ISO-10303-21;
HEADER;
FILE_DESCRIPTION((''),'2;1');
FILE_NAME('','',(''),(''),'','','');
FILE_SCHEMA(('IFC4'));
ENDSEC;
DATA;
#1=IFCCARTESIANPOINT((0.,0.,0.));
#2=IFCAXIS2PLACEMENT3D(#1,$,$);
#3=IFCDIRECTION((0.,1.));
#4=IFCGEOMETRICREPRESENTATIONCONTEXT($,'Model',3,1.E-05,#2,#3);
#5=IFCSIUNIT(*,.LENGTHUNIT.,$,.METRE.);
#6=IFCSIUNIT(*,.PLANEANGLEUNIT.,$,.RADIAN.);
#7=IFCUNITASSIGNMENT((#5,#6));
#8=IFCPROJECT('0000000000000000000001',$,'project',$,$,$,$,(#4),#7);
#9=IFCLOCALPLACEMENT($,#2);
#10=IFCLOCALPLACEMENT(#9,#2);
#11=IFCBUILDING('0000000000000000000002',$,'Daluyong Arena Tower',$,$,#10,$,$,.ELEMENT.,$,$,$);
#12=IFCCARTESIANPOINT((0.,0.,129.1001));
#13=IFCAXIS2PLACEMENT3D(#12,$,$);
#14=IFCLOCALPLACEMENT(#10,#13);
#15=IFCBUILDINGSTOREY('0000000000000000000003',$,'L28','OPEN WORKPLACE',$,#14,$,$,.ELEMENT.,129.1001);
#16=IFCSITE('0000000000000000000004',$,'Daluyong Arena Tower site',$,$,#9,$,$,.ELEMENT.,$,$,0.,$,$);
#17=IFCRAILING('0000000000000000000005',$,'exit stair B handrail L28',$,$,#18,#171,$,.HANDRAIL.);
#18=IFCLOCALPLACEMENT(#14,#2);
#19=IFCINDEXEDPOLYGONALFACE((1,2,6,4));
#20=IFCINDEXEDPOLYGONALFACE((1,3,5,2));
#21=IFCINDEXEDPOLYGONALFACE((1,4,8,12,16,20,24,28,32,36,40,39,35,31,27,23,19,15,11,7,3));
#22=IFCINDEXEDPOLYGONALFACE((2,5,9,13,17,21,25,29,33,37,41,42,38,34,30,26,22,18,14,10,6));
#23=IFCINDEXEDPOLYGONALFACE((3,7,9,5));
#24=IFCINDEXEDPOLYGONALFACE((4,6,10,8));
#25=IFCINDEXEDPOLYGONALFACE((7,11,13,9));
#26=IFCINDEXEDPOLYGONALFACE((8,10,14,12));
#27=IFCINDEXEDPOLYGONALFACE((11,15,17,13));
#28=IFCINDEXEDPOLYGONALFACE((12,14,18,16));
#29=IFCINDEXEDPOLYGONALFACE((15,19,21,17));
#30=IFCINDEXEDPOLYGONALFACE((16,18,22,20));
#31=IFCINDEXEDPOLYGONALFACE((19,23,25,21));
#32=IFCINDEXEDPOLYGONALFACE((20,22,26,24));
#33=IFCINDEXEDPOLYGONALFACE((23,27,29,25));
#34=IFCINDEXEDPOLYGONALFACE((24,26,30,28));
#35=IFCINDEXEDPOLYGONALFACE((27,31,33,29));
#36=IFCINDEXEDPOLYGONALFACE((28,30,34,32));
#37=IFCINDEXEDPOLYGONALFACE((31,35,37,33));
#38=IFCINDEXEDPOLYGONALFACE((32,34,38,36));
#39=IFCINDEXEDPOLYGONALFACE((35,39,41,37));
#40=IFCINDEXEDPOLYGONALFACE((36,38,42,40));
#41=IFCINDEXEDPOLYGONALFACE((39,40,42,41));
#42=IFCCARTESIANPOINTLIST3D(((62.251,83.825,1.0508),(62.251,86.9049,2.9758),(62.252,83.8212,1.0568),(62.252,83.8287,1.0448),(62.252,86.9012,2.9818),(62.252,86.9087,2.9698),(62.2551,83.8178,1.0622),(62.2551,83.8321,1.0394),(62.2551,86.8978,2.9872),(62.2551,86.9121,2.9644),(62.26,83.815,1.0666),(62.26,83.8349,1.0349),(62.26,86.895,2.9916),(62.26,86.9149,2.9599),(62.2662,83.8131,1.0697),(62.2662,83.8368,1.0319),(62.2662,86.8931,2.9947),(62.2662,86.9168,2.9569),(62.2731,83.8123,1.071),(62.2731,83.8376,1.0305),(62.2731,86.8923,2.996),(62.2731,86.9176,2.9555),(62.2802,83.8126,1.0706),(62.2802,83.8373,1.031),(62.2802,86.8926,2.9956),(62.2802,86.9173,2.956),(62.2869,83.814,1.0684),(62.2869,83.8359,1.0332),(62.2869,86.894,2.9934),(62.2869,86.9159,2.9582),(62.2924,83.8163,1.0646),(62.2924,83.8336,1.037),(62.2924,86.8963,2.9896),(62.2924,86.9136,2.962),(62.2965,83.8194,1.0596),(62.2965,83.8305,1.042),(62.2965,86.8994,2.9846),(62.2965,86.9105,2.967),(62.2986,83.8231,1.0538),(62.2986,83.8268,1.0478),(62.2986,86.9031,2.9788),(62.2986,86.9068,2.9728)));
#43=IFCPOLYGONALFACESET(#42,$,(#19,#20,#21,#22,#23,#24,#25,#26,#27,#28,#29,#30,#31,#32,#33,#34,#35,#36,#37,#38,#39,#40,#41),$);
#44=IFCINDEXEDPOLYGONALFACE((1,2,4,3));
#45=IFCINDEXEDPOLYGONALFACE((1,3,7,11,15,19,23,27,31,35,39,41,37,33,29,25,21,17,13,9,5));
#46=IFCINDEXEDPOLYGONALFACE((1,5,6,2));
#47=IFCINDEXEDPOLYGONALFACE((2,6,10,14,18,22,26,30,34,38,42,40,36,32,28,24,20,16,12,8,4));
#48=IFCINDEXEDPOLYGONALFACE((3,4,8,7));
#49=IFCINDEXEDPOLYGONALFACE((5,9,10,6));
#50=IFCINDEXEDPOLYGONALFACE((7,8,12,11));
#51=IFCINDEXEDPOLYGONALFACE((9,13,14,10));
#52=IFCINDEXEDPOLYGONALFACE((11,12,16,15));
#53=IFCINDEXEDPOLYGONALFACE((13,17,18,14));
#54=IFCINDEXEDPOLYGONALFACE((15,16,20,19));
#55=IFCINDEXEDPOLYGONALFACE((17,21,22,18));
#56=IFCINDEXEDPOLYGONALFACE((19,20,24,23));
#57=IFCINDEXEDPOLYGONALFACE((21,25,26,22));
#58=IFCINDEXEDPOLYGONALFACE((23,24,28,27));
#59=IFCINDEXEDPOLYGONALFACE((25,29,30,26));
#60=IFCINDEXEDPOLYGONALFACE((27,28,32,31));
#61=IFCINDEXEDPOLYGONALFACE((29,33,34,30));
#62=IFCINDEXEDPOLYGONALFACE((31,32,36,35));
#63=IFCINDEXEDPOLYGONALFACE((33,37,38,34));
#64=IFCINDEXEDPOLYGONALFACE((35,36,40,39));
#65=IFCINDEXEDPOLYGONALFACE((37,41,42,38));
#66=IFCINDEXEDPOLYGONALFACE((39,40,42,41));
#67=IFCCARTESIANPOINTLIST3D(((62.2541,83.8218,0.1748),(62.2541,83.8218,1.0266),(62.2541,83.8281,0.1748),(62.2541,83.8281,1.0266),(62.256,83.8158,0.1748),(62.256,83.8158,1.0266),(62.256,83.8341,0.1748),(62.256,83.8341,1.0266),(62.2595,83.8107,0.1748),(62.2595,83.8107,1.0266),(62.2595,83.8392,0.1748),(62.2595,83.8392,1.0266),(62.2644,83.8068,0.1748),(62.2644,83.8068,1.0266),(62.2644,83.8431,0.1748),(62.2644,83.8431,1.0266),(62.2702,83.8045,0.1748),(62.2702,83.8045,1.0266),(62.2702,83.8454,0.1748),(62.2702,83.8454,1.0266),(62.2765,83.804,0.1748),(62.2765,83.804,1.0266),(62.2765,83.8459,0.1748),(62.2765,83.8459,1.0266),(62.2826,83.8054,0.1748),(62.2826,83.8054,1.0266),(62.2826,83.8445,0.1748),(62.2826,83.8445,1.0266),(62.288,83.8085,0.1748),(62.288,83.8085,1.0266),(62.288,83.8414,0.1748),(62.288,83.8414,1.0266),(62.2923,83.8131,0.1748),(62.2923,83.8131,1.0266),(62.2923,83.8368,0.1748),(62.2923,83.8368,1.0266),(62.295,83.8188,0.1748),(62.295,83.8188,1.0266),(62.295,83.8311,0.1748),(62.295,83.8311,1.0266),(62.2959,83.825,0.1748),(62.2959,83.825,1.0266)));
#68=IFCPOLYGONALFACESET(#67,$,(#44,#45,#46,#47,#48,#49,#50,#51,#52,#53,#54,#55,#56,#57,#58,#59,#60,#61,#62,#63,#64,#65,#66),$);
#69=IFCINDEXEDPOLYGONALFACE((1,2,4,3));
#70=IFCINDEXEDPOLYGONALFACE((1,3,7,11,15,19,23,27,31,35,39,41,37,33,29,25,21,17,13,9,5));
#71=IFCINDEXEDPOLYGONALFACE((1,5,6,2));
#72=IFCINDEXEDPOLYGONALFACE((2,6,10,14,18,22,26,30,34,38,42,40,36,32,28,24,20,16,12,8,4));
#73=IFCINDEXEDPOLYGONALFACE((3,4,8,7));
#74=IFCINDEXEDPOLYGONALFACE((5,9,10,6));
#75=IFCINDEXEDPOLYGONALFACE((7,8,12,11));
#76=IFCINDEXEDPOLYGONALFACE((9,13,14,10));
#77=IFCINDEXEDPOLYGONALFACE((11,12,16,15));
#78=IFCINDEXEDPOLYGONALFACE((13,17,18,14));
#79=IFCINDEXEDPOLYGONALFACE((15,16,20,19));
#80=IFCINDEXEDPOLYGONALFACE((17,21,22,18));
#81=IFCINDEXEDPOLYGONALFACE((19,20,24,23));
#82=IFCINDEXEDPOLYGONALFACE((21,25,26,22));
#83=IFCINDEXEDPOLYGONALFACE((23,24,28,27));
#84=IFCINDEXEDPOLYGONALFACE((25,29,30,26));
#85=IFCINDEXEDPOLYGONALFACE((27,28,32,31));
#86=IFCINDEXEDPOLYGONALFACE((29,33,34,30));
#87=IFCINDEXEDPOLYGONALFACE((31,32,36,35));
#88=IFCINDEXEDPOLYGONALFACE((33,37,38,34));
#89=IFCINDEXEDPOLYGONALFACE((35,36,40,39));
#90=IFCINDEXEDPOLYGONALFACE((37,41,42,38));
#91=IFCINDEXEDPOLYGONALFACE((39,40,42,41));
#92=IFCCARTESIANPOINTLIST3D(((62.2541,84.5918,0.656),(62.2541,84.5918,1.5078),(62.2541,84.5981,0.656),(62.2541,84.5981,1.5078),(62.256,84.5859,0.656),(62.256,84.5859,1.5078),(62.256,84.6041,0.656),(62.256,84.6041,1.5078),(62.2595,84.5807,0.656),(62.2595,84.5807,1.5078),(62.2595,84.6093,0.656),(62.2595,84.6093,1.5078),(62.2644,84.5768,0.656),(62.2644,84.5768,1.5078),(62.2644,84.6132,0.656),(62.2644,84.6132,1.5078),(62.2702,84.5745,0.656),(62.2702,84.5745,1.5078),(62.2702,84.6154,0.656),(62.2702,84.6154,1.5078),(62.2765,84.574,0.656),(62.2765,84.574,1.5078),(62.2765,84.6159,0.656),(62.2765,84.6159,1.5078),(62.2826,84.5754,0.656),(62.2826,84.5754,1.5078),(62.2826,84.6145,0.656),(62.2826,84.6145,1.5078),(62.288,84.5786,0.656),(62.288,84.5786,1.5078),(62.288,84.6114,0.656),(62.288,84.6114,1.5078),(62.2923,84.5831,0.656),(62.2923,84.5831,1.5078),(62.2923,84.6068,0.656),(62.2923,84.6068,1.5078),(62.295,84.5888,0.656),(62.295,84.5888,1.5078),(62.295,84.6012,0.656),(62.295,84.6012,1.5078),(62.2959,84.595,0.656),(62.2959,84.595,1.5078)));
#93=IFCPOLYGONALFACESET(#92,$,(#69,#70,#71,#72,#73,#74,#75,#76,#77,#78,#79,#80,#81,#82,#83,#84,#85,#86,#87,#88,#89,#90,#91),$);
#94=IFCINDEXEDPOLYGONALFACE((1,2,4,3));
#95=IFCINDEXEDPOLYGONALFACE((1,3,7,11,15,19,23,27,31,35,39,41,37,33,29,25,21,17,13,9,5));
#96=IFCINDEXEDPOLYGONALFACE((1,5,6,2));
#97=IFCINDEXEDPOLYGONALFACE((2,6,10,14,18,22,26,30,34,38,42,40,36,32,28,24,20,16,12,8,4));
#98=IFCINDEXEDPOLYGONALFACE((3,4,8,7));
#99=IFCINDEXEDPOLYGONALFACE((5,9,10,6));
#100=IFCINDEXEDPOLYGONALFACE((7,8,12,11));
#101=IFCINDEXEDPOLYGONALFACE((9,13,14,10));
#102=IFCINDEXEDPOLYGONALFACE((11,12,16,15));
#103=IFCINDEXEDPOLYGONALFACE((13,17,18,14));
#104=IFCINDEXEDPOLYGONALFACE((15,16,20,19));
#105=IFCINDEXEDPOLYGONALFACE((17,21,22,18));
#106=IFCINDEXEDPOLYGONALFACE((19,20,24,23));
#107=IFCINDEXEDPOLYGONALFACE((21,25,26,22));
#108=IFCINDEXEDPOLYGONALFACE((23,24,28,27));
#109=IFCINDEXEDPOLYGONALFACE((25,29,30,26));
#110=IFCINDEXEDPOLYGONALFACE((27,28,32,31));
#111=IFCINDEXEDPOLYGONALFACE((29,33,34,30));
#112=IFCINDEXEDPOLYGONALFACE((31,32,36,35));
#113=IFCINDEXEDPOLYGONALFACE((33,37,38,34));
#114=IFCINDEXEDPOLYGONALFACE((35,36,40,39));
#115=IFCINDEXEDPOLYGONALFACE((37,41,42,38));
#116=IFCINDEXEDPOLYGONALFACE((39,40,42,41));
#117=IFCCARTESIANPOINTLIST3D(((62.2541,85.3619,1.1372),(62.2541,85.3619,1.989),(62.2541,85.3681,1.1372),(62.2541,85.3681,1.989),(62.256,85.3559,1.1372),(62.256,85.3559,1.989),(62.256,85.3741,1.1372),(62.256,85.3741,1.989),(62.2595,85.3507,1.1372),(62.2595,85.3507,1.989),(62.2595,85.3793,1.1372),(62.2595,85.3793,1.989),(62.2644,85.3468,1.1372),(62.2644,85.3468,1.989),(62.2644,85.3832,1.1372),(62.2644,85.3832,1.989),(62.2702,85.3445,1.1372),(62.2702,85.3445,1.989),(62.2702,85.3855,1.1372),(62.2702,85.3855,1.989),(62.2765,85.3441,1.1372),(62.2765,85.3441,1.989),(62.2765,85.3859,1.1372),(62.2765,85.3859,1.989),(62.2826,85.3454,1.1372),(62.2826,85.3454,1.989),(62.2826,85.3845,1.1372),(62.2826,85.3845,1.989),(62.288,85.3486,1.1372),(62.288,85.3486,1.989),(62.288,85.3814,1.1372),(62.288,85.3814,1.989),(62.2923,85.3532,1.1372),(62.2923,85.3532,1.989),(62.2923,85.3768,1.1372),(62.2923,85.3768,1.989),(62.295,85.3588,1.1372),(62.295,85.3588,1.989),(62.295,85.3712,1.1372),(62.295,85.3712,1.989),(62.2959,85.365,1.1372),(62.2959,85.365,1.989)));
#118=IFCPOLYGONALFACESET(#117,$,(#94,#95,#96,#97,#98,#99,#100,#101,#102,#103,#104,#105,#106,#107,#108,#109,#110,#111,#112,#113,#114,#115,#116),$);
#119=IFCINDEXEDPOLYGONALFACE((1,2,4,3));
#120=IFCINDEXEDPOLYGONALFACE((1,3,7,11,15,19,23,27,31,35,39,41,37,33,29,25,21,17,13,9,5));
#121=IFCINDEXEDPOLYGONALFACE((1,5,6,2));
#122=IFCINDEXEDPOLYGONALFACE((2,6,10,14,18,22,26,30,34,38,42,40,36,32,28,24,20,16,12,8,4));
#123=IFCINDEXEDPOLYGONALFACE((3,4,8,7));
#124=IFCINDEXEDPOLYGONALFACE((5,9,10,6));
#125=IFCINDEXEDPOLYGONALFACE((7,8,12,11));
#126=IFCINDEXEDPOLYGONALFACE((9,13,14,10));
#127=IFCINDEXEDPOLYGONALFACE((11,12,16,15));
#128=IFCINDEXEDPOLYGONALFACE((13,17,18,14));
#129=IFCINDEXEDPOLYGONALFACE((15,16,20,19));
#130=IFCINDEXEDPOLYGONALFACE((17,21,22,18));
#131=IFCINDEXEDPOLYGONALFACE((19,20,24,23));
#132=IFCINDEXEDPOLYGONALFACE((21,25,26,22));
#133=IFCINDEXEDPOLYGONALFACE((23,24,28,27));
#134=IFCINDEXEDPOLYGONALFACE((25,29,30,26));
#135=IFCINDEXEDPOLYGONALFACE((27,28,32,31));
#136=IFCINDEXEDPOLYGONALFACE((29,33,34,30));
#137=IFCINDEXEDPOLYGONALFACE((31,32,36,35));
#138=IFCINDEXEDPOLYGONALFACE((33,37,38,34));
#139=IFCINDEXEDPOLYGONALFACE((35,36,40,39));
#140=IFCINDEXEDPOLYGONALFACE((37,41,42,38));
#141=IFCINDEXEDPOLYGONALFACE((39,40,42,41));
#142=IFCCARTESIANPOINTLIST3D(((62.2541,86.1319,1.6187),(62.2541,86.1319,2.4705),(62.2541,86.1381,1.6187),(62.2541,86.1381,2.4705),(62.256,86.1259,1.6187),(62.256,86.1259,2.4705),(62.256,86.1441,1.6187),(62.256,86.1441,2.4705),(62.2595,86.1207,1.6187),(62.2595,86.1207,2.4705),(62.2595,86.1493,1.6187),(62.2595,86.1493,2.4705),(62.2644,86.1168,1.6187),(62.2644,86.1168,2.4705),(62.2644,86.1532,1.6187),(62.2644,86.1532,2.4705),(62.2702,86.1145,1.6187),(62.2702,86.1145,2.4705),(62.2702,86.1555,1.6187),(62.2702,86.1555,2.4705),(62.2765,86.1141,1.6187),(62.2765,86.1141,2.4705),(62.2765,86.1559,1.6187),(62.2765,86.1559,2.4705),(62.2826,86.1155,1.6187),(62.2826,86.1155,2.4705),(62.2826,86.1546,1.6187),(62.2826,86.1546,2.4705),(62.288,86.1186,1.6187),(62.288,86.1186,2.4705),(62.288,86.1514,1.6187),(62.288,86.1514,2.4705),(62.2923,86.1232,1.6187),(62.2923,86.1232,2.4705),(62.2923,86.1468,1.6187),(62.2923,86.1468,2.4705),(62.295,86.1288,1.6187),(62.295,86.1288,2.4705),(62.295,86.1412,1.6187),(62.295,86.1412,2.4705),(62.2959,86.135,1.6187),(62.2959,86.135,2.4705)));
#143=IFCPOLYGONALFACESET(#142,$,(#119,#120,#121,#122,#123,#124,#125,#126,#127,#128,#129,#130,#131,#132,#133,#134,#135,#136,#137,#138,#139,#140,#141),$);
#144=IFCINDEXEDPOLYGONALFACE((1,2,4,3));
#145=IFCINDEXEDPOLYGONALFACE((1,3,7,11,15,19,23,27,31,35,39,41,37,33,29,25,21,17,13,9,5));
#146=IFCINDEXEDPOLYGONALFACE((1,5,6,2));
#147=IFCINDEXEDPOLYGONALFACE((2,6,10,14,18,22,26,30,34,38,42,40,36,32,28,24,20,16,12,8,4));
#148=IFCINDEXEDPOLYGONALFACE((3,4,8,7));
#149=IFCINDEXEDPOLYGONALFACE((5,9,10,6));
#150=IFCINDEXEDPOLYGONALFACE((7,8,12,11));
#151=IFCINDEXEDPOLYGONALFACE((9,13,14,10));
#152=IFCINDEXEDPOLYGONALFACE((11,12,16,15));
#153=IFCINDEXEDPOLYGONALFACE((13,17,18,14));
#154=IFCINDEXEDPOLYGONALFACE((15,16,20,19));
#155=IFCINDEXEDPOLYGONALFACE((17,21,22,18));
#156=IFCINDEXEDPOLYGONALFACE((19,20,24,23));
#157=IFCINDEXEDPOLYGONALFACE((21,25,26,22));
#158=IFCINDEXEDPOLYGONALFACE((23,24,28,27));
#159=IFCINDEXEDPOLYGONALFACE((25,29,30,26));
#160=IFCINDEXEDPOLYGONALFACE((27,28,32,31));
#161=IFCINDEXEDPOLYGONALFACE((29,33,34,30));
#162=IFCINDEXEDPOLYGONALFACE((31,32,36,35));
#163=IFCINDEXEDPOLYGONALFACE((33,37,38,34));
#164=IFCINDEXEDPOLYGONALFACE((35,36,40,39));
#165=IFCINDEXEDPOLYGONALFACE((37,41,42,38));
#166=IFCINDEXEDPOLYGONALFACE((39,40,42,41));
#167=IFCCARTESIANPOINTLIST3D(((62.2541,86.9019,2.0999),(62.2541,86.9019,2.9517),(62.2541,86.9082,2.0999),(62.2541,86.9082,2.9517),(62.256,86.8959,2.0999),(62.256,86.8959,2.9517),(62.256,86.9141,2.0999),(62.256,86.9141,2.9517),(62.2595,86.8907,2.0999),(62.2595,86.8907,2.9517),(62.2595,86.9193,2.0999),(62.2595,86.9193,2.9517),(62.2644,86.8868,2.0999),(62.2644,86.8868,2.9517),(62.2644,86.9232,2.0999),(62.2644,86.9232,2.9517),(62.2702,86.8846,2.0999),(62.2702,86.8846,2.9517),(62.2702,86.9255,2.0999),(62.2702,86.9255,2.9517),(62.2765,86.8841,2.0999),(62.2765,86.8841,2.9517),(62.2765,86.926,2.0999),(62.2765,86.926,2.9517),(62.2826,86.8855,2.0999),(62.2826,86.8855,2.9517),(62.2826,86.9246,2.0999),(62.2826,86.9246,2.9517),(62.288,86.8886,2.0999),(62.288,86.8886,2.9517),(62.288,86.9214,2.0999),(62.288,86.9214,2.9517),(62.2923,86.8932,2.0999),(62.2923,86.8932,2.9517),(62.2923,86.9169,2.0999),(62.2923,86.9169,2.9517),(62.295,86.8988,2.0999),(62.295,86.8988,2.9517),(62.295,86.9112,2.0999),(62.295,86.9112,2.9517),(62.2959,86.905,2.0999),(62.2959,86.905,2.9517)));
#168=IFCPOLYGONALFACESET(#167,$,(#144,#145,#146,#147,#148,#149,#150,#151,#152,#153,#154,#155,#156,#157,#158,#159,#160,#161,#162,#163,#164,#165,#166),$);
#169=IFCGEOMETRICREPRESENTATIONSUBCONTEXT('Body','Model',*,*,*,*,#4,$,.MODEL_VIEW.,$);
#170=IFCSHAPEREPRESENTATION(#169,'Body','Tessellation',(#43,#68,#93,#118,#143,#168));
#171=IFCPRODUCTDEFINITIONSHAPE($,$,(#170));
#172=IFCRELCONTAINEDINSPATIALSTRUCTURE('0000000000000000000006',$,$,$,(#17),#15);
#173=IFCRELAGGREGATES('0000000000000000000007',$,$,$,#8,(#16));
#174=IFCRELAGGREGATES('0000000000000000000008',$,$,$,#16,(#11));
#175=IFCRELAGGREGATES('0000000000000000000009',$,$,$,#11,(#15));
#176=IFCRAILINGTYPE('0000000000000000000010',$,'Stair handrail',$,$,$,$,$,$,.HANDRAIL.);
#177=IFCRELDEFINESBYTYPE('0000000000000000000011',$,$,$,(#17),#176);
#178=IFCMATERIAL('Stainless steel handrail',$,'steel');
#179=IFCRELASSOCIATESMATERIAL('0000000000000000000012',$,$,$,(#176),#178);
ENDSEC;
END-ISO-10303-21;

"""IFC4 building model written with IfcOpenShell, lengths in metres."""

from ifc_helpers import new_model, si_unit, direction, frame, origin, origin_2d, place, context, subcontext, project, spatial, circle, extrude, material, type_object, element, save


model = new_model("IFC4")

# Units and contexts
model_context = context("Model", 3, precision=1e-05, world=origin(), true_north=direction((0.0, 1.0)))
body_context = subcontext(model_context, "Body", "Model", "MODEL_VIEW")
ifc_project = project(units=[si_unit("LENGTHUNIT", "METRE"), si_unit("PLANEANGLEUNIT", "RADIAN")], contexts=[model_context])

# Site, building, storey
site_placement = place(None, origin())
site = spatial("IfcSite", under=ifc_project, at=site_placement, Name="Daluyong Arena Tower site", CompositionType="ELEMENT", RefElevation=0.0)
building_placement = place(site_placement, origin())
building = spatial("IfcBuilding", under=site, at=building_placement, Name="Daluyong Arena Tower", CompositionType="ELEMENT")
storey_placement = place(building_placement, frame((0.0, 0.0, 129.1001)))
storey = spatial("IfcBuildingStorey", under=building, at=storey_placement, Name="L28", Description="OPEN WORKPLACE", CompositionType="ELEMENT", Elevation=129.1001)

# Railing
ifc_material_1 = material(Name="Stainless steel handrail", Category="steel")
railing_type_1 = type_object("IfcRailingType", Name="Stair handrail", PredefinedType="HANDRAIL", material=ifc_material_1)
railing_1_placement = place(storey_placement, frame((62.2749, 83.825, 0.1748)))
element("IfcRailing", 1, at=railing_1_placement, inside=storey, type_object=railing_type_1, Name="exit stair B handrail L28", PredefinedType="HANDRAIL", context=body_context, shape_type="SweptSolid", body=[
    extrude(circle(Radius=0.0239, at=origin_2d()), frame((0.0, 0.0, 0.876), z_axis=(0.0, 0.847998, 0.529999), x_axis=(-1.0, 0.0, 0.0)), (0.0, 0.0, 1.0), 3.6321),
    extrude(circle(Radius=0.021, at=origin_2d()), origin(), (0.0, 0.0, 1.0), 0.8518),
    extrude(circle(Radius=0.021, at=origin_2d()), frame((0.0, 0.77, 0.4812)), (0.0, 0.0, 1.0), 0.8518),
    extrude(circle(Radius=0.021, at=origin_2d()), frame((0.0, 1.54, 0.9624)), (0.0, 0.0, 1.0), 0.8518),
    extrude(circle(Radius=0.021, at=origin_2d()), frame((0.0, 2.3101, 1.4438)), (0.0, 0.0, 1.0), 0.8518),
    extrude(circle(Radius=0.021, at=origin_2d()), frame((0.0, 3.0801, 1.925)), (0.0, 0.0, 1.0), 0.8518),
])

save(model, "model.ifc")
